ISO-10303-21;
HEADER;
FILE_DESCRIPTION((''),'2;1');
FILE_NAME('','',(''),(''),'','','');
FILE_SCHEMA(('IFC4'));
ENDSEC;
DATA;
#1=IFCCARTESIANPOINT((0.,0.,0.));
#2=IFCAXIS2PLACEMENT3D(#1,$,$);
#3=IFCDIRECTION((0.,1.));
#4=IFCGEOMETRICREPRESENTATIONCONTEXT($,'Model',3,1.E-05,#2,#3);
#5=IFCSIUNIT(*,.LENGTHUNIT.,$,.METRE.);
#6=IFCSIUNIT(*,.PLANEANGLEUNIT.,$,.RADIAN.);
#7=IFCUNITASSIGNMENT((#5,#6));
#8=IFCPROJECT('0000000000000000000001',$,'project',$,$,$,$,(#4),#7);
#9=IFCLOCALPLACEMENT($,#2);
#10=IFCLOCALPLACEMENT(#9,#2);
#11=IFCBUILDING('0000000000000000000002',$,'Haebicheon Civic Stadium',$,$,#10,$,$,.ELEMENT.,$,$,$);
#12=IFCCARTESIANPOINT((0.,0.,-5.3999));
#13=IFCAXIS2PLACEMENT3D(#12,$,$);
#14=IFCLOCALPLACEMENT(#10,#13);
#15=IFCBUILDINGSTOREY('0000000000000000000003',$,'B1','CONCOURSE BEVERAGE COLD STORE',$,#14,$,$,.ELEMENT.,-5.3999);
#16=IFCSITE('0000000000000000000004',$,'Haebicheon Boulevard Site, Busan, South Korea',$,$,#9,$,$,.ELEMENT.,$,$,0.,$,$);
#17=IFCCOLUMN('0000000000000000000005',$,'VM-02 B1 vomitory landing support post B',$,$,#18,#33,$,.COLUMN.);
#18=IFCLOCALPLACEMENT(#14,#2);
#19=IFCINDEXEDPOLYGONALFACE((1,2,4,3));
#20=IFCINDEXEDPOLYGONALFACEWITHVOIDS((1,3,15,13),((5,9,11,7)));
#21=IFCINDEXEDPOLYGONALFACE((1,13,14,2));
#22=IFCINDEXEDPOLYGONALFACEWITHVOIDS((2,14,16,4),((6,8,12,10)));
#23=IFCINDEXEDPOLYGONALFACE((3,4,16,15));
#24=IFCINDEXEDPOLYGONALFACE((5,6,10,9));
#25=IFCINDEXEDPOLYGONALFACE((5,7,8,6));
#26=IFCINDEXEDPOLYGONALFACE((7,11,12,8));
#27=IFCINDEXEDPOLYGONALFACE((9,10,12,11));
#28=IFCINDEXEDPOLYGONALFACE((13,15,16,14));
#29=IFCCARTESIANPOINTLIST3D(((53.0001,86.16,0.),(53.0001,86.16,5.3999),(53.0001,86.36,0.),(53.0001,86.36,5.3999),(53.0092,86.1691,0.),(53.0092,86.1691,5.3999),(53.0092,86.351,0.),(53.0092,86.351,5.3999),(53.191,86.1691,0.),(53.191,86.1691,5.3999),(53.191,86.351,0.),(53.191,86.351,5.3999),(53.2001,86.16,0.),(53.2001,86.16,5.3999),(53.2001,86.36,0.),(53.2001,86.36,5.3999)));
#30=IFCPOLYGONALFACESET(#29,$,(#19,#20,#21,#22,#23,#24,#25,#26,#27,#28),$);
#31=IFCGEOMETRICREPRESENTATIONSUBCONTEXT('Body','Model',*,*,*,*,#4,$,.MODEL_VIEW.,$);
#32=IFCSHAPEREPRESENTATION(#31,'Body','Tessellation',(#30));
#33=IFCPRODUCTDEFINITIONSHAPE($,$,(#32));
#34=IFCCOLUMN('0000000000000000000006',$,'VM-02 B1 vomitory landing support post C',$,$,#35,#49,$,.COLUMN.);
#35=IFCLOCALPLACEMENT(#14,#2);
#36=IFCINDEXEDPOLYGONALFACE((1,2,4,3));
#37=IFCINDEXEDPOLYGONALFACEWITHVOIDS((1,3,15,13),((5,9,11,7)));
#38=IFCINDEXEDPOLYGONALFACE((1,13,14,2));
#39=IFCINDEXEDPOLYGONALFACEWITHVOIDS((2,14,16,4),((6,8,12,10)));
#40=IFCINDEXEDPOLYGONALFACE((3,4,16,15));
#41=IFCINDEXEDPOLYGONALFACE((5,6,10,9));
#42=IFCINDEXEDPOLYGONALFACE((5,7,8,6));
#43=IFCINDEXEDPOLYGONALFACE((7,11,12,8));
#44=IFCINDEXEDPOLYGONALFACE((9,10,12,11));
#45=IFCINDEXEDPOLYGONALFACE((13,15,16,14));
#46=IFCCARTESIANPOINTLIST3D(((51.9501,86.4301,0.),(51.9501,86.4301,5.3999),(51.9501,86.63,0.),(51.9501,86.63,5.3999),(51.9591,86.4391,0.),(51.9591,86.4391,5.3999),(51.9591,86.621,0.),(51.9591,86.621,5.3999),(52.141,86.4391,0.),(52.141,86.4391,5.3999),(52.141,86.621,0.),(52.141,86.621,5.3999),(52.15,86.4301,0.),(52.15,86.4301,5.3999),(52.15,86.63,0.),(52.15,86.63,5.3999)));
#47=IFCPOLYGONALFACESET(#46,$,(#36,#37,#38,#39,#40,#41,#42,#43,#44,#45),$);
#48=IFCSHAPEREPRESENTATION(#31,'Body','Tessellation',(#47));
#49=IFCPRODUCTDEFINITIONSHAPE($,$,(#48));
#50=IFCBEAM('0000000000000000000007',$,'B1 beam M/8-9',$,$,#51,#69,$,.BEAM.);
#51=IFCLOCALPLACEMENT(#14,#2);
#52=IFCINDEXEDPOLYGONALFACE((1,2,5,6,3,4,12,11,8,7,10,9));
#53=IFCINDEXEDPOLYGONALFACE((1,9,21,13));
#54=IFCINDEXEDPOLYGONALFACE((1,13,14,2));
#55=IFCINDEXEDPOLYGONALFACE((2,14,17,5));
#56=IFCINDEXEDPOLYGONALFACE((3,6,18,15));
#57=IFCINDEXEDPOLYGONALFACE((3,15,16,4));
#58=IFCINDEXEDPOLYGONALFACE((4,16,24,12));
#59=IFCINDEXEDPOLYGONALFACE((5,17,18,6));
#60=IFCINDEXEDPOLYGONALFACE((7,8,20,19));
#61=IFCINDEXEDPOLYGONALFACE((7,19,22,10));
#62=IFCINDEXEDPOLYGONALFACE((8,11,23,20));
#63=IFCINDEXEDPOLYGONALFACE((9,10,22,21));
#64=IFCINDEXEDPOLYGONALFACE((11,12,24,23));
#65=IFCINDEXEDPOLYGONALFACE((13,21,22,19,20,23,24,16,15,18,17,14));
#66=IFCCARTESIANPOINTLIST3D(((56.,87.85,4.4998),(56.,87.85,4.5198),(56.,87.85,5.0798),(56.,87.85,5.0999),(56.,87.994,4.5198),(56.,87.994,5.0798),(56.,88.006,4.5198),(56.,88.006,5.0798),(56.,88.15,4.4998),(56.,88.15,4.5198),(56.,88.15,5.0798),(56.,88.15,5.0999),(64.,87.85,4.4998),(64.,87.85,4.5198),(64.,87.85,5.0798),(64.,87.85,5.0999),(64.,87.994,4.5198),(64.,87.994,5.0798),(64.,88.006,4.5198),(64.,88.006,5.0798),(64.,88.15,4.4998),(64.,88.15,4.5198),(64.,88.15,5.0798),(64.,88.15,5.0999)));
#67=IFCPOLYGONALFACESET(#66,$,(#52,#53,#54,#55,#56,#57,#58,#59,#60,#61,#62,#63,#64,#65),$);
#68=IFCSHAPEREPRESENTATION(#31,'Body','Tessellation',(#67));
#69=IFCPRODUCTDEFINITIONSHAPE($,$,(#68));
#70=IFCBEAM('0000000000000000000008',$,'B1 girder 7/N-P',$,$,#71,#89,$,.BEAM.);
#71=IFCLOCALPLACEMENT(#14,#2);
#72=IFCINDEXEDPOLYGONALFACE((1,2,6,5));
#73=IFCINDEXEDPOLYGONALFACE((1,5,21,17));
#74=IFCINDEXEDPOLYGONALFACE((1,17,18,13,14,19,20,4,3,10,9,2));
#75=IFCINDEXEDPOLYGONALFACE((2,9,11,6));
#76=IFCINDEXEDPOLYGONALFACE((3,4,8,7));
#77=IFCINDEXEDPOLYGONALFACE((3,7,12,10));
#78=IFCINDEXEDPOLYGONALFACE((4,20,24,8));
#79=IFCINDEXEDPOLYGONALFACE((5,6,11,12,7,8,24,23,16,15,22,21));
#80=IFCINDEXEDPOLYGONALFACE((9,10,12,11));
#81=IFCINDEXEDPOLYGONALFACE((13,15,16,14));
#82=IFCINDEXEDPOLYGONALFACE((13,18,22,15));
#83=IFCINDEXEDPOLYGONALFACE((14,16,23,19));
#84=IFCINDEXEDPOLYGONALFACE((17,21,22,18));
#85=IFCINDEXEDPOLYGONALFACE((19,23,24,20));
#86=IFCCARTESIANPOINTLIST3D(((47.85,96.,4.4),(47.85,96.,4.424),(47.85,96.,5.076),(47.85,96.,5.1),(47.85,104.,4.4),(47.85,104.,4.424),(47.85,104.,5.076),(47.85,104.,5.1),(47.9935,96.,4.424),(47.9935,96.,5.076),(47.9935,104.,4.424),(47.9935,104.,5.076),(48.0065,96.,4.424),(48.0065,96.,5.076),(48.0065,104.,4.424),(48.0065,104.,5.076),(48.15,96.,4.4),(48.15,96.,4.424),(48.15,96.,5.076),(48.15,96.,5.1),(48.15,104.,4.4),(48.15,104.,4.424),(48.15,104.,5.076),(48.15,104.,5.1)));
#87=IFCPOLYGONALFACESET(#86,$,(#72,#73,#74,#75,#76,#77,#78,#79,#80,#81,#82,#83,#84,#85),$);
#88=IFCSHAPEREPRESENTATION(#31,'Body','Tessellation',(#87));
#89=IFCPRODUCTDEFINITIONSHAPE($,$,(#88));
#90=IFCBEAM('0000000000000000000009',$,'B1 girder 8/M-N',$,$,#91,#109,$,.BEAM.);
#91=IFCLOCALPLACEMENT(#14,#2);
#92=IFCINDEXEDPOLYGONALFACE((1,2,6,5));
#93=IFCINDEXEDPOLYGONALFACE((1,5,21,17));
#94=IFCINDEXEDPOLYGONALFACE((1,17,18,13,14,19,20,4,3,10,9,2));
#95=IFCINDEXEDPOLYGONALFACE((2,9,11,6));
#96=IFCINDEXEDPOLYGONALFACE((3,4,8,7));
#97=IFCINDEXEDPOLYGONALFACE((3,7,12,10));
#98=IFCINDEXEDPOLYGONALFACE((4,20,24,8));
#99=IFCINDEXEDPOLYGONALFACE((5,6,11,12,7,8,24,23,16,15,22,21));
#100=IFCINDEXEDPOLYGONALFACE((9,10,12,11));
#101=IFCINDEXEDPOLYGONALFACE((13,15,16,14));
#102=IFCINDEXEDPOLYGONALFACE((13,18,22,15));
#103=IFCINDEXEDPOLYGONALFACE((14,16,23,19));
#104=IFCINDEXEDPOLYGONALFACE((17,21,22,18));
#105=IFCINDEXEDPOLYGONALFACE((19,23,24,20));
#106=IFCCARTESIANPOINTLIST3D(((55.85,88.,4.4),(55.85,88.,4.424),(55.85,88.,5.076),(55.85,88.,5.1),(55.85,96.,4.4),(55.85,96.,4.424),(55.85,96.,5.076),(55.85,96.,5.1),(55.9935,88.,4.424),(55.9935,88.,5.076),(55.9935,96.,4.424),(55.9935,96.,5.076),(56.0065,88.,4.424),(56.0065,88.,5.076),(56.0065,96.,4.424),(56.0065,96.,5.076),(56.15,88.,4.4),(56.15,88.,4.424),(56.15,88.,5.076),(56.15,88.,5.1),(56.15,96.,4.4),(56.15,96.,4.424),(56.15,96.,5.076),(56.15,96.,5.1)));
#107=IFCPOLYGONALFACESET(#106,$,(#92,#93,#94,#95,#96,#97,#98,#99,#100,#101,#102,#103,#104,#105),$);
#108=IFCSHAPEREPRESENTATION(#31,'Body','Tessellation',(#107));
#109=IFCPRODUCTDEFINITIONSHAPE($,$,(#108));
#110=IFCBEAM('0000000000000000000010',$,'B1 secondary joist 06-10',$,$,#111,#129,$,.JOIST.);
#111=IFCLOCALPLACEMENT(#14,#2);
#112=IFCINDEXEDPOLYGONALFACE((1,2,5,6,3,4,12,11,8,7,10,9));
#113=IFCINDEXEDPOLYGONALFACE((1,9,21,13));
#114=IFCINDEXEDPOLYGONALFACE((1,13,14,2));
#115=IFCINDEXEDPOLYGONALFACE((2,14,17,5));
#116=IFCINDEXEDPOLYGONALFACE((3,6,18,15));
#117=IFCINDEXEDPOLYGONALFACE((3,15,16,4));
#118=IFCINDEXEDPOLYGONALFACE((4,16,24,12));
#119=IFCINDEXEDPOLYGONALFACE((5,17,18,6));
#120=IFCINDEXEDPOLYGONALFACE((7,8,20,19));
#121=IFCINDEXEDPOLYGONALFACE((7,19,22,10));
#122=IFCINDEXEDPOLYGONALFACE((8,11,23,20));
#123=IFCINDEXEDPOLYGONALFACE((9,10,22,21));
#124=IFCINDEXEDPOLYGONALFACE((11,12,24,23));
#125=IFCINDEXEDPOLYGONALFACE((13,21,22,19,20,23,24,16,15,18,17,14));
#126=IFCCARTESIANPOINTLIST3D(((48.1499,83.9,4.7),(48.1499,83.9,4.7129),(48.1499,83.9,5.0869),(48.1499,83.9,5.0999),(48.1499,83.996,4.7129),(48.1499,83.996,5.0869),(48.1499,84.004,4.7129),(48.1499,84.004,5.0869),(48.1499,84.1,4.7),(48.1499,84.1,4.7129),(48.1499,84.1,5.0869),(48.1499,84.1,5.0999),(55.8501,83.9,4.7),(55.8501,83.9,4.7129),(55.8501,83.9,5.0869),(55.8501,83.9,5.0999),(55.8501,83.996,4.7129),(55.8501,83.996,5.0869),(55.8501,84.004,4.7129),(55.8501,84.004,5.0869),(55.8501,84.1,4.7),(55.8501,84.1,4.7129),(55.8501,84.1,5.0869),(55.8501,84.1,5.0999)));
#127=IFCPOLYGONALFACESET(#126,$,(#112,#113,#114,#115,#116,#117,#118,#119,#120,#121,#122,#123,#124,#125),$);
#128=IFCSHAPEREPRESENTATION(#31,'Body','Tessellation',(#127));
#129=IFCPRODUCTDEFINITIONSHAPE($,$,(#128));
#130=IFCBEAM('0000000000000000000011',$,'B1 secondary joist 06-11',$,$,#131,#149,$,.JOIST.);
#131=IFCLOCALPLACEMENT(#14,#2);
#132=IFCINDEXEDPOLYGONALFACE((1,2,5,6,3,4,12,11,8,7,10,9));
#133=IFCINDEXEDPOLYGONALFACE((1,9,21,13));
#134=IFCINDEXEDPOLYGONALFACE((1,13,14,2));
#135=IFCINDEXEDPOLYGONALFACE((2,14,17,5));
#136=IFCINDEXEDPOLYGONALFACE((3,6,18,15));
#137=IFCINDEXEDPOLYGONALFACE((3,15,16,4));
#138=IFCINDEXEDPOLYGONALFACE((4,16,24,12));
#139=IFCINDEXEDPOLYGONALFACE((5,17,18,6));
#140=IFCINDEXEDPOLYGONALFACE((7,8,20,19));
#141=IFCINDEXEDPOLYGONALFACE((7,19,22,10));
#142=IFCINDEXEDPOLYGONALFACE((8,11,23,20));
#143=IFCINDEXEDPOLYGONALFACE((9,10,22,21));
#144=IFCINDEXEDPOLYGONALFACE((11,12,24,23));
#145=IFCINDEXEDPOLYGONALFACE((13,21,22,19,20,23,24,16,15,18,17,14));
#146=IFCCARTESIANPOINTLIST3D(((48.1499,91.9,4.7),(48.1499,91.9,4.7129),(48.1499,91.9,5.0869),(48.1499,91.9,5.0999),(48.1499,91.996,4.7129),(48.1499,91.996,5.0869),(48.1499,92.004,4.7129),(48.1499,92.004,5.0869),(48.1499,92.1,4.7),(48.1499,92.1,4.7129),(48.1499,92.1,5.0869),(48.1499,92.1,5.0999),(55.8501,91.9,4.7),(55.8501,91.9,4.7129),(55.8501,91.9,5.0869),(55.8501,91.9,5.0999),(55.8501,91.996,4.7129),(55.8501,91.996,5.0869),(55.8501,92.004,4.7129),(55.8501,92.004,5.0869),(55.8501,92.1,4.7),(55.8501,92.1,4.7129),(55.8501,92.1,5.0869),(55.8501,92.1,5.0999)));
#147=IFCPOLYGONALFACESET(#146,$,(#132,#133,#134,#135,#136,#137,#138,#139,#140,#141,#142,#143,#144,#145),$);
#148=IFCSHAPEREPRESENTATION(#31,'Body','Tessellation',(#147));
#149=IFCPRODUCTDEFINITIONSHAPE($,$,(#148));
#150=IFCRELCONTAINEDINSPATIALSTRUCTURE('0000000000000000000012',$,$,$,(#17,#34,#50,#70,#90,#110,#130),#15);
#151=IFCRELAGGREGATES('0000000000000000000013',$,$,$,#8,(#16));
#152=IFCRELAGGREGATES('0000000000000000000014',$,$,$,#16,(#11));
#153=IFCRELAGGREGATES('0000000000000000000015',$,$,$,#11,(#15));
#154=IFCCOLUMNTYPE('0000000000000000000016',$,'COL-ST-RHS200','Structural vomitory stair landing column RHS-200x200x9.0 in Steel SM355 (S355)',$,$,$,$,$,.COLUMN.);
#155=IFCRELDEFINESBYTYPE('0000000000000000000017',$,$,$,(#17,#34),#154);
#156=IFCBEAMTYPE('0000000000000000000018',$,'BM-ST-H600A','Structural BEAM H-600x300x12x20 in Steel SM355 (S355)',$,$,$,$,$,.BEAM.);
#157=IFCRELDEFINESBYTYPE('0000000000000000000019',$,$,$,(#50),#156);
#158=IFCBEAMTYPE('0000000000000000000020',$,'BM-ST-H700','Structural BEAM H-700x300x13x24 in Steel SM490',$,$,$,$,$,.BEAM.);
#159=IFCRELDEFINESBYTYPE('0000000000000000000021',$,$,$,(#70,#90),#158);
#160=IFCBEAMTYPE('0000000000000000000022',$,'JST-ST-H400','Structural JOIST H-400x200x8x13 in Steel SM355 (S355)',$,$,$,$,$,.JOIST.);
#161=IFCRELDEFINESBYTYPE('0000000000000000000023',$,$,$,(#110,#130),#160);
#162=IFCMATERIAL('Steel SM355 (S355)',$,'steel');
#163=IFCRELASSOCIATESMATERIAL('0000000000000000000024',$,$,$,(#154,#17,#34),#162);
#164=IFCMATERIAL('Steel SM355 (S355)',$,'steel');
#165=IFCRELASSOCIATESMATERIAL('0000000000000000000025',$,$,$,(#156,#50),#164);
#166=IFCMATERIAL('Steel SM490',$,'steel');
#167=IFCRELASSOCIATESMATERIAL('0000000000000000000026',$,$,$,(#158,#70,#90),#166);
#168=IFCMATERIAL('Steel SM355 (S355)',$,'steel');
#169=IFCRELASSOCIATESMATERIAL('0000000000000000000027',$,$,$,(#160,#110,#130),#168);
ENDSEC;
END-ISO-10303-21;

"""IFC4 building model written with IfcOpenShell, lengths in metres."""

from ifc_helpers import new_model, si_unit, direction, frame, origin, origin_2d, place, context, subcontext, project, spatial, hollow_rectangle, i_section, extrude, material, material_profile, profile_set, type_object, element, save


model = new_model("IFC4")

# Units and contexts
model_context = context("Model", 3, precision=1e-05, world=origin(), true_north=direction((0.0, 1.0)))
body_context = subcontext(model_context, "Body", "Model", "MODEL_VIEW")
ifc_project = project(units=[si_unit("LENGTHUNIT", "METRE"), si_unit("PLANEANGLEUNIT", "RADIAN")], contexts=[model_context])

# Site, building, storey
site_placement = place(None, origin())
site = spatial("IfcSite", under=ifc_project, at=site_placement, Name="Haebicheon Boulevard Site, Busan, South Korea", CompositionType="ELEMENT", RefElevation=0.0)
building_placement = place(site_placement, origin())
building = spatial("IfcBuilding", under=site, at=building_placement, Name="Haebicheon Civic Stadium", CompositionType="ELEMENT")
storey_placement = place(building_placement, frame((0.0, 0.0, -5.3999)))
storey = spatial("IfcBuildingStorey", under=building, at=storey_placement, Name="B1", Description="CONCOURSE BEVERAGE COLD STORE", CompositionType="ELEMENT", Elevation=-5.3999)

# Columns
ifc_material_1 = material(Name="Steel SM355 (S355)", Category="steel")
ifc_material_profile_1 = material_profile(ifc_material_1, hollow_rectangle(XDim=0.2, YDim=0.2, WallThickness=0.009, at=origin_2d()), Name="RHS-200x200x9.0")
ifc_profile_set_1 = profile_set([ifc_material_profile_1], Name="Steel SM355 (S355)")
column_type_1 = type_object("IfcColumnType", Name="COL-ST-RHS200", Description="Structural vomitory stair landing column RHS-200x200x9.0 in Steel SM355 (S355)", PredefinedType="COLUMN", material=ifc_profile_set_1)
for number, where, z_axis, x_axis, name in (
    (1, (53.1001, 86.26, 0.0), (0.0, 0.0, 1.0), (1.0, 0.0, 0.0), "VM-02 B1 vomitory landing support post B"),
    (2, (52.05, 86.53, 0.0), (0.0, 0.0, 1.0), (1.0, 0.0, 0.0), "VM-02 B1 vomitory landing support post C"),
):
    element("IfcColumn", number, at=place(storey_placement, frame(where, z_axis=z_axis, x_axis=x_axis)), inside=storey, type_object=column_type_1, material=ifc_profile_set_1, Name=name, PredefinedType="COLUMN", context=body_context, shape_type="SweptSolid", body=[
        extrude(hollow_rectangle(XDim=0.2, YDim=0.2, WallThickness=0.009, at=origin_2d()), origin(), (0.0, 0.0, 1.0), 5.3999),
    ])

# Beams
ifc_material_2 = material(Name="Steel SM355 (S355)", Category="steel")
ifc_material_profile_2 = material_profile(ifc_material_2, i_section(OverallWidth=0.3, OverallDepth=0.6001, WebThickness=0.012, FlangeThickness=0.02, at=origin_2d()), Name="H-600x300x12x20")
ifc_profile_set_2 = profile_set([ifc_material_profile_2], Name="Steel SM355 (S355)")
beam_type_1 = type_object("IfcBeamType", Name="BM-ST-H600A", Description="Structural BEAM H-600x300x12x20 in Steel SM355 (S355)", PredefinedType="BEAM", material=ifc_profile_set_2)
beam_placement = place(storey_placement, frame((56.0, 88.0, 4.7998), z_axis=(1.0, 0.0, 0.0), x_axis=(0.0, 1.0, 0.0)))
element("IfcBeam", 3, at=beam_placement, inside=storey, type_object=beam_type_1, material=ifc_profile_set_2, Name="B1 beam M/8-9", PredefinedType="BEAM", context=body_context, shape_type="SweptSolid", body=[
    extrude(i_section(OverallWidth=0.3, OverallDepth=0.6001, WebThickness=0.012, FlangeThickness=0.02, at=origin_2d()), origin(), (0.0, 0.0, 1.0), 8.0),
])
ifc_material_3 = material(Name="Steel SM490", Category="steel")
ifc_material_profile_3 = material_profile(ifc_material_3, i_section(OverallWidth=0.3, OverallDepth=0.7, WebThickness=0.0129, FlangeThickness=0.0239, at=origin_2d()), Name="H-700x300x13x24")
ifc_profile_set_3 = profile_set([ifc_material_profile_3], Name="Steel SM490")
beam_type_2 = type_object("IfcBeamType", Name="BM-ST-H700", Description="Structural BEAM H-700x300x13x24 in Steel SM490", PredefinedType="BEAM", material=ifc_profile_set_3)
for number, where, z_axis, x_axis, name in (
    (4, (48.0, 96.0, 4.75), (0.0, 1.0, 0.0), (-1.0, 0.0, 0.0), "B1 girder 7/N-P"),
    (5, (56.0, 88.0, 4.75), (0.0, 1.0, 0.0), (-1.0, 0.0, 0.0), "B1 girder 8/M-N"),
):
    element("IfcBeam", number, at=place(storey_placement, frame(where, z_axis=z_axis, x_axis=x_axis)), inside=storey, type_object=beam_type_2, material=ifc_profile_set_3, Name=name, PredefinedType="BEAM", context=body_context, shape_type="SweptSolid", body=[
        extrude(i_section(OverallWidth=0.3, OverallDepth=0.7, WebThickness=0.0129, FlangeThickness=0.0239, at=origin_2d()), origin(), (0.0, 0.0, 1.0), 8.0),
    ])
ifc_material_4 = material(Name="Steel SM355 (S355)", Category="steel")
ifc_material_profile_4 = material_profile(ifc_material_4, i_section(OverallWidth=0.2, OverallDepth=0.3999, WebThickness=0.0081, FlangeThickness=0.0129, at=origin_2d()), Name="H-400x200x8x13")
ifc_profile_set_4 = profile_set([ifc_material_profile_4], Name="Steel SM355 (S355)")
beam_type_3 = type_object("IfcBeamType", Name="JST-ST-H400", Description="Structural JOIST H-400x200x8x13 in Steel SM355 (S355)", PredefinedType="JOIST", material=ifc_profile_set_4)
for number, where, z_axis, x_axis, name in (
    (6, (48.1499, 84.0, 4.8999), (1.0, 0.0, 0.0), (0.0, 1.0, 0.0), "B1 secondary joist 06-10"),
    (7, (48.1499, 92.0, 4.8999), (1.0, 0.0, 0.0), (0.0, 1.0, 0.0), "B1 secondary joist 06-11"),
):
    element("IfcBeam", number, at=place(storey_placement, frame(where, z_axis=z_axis, x_axis=x_axis)), inside=storey, type_object=beam_type_3, material=ifc_profile_set_4, Name=name, PredefinedType="JOIST", context=body_context, shape_type="SweptSolid", body=[
        extrude(i_section(OverallWidth=0.2, OverallDepth=0.3999, WebThickness=0.0081, FlangeThickness=0.0129, at=origin_2d()), origin(), (0.0, 0.0, 1.0), 7.7002),
    ])

save(model, "model.ifc")
